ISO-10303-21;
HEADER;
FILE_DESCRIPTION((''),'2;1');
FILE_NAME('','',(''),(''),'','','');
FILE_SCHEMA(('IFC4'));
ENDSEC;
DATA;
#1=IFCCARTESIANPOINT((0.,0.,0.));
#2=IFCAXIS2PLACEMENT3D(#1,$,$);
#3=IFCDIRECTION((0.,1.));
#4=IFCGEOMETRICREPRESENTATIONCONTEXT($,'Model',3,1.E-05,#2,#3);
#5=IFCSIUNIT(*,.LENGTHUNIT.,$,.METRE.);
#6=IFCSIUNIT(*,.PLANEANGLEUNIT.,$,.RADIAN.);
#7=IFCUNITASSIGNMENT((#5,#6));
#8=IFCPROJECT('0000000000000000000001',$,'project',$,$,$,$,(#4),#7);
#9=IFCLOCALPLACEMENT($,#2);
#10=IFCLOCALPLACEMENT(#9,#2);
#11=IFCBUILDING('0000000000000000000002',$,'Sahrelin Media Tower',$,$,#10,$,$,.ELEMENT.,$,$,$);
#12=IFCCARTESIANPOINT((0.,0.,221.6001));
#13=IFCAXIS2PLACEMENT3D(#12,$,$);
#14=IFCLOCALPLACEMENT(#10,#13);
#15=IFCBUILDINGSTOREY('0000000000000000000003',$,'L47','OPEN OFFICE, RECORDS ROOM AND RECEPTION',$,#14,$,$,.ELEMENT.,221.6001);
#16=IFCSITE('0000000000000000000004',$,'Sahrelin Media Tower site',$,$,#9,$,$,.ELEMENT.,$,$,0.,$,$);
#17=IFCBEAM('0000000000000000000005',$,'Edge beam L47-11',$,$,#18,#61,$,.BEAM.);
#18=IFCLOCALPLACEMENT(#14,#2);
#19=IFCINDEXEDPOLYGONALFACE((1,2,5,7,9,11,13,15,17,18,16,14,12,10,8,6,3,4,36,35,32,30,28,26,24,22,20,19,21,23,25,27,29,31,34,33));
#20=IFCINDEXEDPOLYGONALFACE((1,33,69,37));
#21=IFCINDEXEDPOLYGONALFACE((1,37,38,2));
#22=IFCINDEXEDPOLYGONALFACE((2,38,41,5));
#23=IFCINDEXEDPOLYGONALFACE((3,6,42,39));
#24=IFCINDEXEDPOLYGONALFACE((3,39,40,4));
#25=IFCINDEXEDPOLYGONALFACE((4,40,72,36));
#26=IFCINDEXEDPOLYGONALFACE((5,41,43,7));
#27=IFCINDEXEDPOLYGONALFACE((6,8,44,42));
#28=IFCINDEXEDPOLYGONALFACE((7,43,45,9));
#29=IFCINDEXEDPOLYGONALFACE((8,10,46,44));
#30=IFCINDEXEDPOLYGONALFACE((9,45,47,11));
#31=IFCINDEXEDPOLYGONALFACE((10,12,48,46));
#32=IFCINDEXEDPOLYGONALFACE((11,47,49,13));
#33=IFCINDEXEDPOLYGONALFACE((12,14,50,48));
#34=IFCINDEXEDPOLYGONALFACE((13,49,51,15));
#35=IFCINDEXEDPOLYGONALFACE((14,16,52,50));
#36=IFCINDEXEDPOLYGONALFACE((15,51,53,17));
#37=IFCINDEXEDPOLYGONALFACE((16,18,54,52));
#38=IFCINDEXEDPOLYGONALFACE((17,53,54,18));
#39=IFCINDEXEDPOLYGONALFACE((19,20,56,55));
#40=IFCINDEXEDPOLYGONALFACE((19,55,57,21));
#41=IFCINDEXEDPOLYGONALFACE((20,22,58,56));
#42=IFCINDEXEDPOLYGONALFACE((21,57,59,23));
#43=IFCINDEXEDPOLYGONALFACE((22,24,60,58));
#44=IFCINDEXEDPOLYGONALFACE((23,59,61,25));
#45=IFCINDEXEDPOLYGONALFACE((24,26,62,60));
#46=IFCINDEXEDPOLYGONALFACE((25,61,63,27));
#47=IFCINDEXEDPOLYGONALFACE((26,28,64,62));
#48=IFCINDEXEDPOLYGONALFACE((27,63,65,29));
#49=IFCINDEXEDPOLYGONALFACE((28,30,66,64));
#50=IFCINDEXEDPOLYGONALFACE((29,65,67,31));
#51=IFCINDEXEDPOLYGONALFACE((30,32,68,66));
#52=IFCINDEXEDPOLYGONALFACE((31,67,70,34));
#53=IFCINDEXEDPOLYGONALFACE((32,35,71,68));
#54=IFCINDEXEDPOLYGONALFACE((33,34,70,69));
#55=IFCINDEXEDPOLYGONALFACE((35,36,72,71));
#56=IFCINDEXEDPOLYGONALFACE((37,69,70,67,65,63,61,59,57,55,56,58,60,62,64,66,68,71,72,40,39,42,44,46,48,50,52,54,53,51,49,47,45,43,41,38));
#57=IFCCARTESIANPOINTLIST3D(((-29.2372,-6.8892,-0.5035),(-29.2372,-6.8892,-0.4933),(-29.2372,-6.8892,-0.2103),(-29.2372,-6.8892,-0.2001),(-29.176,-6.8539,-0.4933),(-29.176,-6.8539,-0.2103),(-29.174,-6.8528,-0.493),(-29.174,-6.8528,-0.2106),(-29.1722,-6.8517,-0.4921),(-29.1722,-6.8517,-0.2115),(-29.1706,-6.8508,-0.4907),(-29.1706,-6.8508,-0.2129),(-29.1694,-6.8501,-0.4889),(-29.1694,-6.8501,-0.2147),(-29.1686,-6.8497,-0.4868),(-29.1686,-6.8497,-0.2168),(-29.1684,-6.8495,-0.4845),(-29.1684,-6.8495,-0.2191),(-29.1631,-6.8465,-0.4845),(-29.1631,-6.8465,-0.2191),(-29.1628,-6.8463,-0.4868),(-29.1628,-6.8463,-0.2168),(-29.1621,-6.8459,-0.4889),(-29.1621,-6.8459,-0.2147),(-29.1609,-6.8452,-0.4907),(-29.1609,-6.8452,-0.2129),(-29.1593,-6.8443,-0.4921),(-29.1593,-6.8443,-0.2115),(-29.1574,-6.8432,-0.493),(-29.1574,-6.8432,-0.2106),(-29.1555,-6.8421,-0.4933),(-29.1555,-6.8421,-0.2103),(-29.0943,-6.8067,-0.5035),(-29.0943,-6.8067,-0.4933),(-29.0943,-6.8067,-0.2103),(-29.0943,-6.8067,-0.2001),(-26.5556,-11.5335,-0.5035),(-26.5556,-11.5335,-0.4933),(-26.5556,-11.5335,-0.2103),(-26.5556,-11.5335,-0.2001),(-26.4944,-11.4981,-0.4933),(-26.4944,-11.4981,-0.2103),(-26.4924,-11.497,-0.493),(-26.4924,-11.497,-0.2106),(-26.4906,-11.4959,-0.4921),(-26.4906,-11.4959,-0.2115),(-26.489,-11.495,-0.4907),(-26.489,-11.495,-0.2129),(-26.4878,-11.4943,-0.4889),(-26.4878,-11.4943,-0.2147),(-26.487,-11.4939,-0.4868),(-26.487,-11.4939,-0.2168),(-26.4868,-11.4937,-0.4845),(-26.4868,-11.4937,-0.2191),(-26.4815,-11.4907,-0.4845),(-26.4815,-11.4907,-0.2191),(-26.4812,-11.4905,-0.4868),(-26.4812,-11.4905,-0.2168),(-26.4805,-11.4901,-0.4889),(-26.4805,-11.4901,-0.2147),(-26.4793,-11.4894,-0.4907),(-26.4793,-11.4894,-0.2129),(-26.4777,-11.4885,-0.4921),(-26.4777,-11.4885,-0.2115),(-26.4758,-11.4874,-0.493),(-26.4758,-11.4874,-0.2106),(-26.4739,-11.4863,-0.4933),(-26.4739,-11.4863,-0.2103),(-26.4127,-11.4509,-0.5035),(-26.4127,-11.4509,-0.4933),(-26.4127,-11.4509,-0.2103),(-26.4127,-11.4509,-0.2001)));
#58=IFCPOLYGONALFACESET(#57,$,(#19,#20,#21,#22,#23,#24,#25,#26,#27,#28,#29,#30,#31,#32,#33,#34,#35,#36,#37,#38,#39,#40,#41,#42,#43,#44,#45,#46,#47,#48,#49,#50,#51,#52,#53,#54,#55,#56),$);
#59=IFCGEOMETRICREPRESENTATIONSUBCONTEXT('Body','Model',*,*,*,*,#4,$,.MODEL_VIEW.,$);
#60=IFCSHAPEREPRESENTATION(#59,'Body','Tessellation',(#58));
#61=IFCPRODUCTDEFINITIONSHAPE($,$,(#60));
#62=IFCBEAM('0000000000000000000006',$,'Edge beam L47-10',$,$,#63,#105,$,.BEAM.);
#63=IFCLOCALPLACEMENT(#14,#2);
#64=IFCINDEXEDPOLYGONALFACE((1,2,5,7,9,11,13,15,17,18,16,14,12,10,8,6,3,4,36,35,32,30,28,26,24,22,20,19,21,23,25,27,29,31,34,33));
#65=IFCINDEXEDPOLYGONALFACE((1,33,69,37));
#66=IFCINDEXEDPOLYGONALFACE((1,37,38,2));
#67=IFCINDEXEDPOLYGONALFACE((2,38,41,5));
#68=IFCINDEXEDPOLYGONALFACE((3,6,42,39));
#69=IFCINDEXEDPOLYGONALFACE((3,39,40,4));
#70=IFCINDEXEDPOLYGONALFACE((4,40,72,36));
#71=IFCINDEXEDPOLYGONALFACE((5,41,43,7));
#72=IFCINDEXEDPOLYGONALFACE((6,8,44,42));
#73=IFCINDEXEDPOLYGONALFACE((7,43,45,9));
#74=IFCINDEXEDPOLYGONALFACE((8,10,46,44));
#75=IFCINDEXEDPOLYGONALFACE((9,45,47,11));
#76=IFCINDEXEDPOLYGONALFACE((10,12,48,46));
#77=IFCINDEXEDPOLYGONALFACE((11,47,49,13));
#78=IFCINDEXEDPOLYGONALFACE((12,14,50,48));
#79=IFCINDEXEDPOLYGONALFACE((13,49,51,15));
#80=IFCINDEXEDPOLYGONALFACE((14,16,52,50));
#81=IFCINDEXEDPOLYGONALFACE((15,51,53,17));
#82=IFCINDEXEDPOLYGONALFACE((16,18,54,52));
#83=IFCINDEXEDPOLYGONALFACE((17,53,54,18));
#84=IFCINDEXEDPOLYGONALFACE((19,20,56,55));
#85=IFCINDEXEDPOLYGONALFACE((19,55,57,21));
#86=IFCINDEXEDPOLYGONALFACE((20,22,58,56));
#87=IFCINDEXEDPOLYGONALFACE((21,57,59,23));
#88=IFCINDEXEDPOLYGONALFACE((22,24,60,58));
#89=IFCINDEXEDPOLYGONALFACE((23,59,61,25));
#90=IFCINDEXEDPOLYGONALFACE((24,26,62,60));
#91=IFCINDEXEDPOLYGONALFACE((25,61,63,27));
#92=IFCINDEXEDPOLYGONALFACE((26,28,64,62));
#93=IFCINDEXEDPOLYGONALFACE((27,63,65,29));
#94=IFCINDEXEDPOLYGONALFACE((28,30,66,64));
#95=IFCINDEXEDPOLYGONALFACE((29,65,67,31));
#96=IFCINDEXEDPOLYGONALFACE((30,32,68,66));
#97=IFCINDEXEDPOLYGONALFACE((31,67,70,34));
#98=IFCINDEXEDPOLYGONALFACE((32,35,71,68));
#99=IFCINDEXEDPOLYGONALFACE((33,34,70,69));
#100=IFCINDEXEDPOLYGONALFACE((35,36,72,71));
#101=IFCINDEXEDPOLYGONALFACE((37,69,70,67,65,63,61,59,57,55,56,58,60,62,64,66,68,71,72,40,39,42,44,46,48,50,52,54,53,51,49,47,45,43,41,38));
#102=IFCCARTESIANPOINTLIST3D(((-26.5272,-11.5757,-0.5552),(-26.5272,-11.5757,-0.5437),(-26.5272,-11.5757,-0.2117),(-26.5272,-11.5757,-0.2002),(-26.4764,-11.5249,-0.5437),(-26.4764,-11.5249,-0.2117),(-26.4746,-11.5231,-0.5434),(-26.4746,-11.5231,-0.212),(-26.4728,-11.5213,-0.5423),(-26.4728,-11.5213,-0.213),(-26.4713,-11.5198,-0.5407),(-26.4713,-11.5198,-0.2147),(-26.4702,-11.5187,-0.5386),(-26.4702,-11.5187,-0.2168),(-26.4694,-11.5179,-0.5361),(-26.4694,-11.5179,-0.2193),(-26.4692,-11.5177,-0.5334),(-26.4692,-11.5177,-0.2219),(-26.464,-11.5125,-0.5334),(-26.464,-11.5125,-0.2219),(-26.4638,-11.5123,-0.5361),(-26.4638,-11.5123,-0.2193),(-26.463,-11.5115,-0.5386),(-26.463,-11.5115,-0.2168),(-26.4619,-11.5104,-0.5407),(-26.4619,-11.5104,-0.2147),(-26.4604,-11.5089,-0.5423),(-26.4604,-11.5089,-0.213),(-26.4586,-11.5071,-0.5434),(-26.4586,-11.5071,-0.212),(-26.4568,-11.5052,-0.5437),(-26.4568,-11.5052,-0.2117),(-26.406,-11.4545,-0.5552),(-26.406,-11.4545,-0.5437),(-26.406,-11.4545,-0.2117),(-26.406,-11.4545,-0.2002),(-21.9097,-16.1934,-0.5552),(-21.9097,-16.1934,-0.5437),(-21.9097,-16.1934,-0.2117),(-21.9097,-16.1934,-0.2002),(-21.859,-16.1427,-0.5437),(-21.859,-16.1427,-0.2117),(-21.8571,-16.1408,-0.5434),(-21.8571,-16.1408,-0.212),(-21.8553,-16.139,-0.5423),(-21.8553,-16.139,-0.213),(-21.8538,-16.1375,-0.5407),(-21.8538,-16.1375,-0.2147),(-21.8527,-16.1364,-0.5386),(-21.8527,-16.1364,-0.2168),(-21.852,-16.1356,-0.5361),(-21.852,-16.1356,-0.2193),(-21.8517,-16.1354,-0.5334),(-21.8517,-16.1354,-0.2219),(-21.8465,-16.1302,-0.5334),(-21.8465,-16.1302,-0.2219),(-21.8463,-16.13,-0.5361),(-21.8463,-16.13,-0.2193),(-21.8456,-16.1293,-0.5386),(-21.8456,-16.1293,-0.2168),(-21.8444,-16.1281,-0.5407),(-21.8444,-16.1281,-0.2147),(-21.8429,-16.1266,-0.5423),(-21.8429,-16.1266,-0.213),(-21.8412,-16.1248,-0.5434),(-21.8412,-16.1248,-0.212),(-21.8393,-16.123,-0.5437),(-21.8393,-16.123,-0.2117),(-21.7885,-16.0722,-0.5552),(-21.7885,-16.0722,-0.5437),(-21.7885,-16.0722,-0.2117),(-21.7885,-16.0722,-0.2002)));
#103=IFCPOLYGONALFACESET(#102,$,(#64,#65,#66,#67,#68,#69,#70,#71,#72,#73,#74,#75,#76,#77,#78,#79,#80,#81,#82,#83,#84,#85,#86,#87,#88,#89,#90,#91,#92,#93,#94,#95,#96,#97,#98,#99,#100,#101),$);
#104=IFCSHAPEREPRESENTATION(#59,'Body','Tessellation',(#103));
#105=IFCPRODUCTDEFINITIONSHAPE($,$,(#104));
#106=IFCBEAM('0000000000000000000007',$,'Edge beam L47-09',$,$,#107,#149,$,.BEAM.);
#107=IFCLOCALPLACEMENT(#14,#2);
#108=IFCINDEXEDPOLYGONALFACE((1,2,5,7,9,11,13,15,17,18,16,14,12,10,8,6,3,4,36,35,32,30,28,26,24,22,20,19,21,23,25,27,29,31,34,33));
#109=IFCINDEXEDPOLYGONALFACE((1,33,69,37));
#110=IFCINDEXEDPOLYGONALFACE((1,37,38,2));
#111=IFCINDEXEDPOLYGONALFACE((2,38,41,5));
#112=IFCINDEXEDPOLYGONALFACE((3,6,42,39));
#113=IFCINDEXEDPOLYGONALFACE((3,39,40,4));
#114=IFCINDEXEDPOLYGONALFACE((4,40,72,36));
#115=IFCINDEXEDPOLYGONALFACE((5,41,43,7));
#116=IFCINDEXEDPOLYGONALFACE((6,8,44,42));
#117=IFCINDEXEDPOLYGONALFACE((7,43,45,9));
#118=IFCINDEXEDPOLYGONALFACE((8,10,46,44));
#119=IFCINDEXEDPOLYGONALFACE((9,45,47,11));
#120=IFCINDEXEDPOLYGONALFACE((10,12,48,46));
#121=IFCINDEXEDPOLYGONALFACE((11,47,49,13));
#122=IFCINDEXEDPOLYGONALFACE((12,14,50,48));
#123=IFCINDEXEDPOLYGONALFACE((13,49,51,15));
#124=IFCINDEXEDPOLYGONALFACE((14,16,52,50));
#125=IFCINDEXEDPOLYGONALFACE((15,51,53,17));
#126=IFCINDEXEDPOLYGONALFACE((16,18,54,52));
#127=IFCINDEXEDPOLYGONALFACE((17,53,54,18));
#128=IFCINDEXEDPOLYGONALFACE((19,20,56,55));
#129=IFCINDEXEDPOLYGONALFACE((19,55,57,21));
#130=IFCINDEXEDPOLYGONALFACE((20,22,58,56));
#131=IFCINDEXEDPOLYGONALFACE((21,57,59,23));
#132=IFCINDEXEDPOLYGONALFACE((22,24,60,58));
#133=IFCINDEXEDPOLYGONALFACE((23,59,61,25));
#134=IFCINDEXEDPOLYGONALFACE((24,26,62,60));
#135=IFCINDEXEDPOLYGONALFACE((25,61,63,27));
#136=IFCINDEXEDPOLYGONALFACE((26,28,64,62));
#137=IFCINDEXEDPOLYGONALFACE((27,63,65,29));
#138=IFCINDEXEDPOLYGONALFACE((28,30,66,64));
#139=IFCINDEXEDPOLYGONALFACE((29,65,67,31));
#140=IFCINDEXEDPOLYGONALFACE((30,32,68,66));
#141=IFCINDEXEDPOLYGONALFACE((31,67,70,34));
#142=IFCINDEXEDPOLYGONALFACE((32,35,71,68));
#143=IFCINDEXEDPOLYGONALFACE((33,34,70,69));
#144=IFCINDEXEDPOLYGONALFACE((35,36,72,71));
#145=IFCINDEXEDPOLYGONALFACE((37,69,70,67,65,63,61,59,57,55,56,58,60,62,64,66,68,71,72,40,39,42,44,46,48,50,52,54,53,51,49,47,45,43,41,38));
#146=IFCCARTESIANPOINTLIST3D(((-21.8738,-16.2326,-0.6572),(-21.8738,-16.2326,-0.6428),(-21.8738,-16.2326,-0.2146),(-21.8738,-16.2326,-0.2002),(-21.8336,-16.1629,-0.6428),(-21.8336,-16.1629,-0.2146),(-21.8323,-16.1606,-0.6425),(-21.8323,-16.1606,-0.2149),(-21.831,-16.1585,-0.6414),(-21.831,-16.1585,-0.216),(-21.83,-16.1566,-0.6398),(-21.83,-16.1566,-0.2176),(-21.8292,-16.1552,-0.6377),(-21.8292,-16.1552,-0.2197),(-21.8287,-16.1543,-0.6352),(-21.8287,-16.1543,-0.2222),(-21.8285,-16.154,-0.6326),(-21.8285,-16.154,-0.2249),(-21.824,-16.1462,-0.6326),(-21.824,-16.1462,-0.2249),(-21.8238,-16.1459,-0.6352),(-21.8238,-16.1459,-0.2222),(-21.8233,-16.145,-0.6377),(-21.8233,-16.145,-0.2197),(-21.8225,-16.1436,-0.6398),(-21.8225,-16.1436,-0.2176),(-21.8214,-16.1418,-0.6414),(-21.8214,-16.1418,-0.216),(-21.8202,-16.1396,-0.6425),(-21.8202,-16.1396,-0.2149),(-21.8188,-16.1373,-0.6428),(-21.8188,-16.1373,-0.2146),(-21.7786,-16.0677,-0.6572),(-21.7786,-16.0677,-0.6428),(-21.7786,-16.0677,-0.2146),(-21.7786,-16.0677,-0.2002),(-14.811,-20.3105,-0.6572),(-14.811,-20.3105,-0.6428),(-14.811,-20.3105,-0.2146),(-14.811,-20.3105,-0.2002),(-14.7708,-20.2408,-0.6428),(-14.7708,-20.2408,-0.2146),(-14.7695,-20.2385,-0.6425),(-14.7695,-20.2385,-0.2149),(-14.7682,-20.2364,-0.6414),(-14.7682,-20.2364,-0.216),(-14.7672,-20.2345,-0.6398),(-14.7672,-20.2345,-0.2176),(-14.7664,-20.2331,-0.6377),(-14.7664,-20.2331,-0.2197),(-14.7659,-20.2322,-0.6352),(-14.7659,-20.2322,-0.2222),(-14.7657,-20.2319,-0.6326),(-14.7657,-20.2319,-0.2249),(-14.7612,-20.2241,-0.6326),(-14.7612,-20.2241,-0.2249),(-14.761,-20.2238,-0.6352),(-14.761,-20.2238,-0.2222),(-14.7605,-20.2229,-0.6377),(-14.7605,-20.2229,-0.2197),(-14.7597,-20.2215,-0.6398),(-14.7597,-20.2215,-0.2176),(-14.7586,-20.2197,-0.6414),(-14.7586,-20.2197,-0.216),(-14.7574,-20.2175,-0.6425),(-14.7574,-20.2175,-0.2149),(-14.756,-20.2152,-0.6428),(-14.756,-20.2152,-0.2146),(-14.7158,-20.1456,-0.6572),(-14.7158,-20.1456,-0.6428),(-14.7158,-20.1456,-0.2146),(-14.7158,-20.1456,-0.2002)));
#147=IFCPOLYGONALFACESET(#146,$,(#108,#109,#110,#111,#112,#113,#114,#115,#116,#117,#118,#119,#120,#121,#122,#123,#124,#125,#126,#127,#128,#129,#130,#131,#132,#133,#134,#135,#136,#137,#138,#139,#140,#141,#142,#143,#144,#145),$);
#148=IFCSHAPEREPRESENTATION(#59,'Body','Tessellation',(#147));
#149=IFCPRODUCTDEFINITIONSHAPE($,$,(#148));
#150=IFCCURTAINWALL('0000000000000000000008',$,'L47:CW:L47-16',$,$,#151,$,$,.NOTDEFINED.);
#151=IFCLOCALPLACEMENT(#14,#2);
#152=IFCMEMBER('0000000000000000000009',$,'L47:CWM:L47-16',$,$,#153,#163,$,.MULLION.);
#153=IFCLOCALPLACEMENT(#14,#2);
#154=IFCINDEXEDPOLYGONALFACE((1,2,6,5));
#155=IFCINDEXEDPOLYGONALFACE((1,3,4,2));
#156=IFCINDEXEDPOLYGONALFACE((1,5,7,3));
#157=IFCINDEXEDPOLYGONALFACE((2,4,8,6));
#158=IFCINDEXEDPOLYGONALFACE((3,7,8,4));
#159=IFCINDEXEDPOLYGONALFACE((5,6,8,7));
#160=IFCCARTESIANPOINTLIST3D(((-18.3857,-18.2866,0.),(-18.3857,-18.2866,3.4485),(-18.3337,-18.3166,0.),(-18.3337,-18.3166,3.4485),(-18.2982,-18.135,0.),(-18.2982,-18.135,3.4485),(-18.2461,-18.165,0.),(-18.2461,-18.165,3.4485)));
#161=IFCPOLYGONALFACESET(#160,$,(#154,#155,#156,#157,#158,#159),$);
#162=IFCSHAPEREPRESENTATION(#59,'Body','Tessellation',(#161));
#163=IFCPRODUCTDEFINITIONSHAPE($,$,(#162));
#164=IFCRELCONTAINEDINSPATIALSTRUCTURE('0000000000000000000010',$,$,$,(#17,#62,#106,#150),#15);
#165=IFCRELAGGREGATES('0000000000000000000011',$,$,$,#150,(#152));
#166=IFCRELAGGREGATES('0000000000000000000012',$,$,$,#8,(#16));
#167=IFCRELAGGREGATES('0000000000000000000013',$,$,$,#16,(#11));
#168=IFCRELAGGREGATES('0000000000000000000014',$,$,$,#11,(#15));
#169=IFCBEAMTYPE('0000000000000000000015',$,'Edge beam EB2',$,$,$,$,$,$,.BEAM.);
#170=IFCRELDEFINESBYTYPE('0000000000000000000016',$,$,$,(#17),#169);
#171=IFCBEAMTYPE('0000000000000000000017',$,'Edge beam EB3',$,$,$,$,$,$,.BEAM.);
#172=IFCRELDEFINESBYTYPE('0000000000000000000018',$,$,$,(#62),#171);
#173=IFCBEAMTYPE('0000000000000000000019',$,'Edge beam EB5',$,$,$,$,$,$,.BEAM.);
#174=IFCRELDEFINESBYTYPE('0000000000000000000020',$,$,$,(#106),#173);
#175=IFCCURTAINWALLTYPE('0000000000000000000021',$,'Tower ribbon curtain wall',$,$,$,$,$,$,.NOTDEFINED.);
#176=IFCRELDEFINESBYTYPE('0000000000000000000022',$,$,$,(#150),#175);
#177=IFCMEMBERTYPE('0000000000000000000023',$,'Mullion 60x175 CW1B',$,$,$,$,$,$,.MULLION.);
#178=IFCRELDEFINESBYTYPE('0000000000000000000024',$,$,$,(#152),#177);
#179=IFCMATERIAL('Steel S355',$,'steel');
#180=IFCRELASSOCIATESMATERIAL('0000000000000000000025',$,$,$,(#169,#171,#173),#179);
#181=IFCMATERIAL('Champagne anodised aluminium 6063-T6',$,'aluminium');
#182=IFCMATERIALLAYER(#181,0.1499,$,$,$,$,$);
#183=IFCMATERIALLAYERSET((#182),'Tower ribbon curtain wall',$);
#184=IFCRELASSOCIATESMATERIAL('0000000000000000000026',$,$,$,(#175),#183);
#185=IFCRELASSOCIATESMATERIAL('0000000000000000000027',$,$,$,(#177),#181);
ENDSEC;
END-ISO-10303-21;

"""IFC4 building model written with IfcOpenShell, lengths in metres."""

from ifc_helpers import new_model, si_unit, direction, frame, origin, origin_2d, place, context, subcontext, project, spatial, rectangle, i_section, extrude, material, layer, layer_set, material_profile, profile_set, type_object, element, aggregate, save


model = new_model("IFC4")

# Units and contexts
model_context = context("Model", 3, precision=1e-05, world=origin(), true_north=direction((0.0, 1.0)))
body_context = subcontext(model_context, "Body", "Model", "MODEL_VIEW")
ifc_project = project(units=[si_unit("LENGTHUNIT", "METRE"), si_unit("PLANEANGLEUNIT", "RADIAN")], contexts=[model_context])

# Site, building, storey
site_placement = place(None, origin())
site = spatial("IfcSite", under=ifc_project, at=site_placement, Name="Sahrelin Media Tower site", CompositionType="ELEMENT", RefElevation=0.0)
building_placement = place(site_placement, origin())
building = spatial("IfcBuilding", under=site, at=building_placement, Name="Sahrelin Media Tower", CompositionType="ELEMENT")
storey_placement = place(building_placement, frame((0.0, 0.0, 221.6001)))
storey = spatial("IfcBuildingStorey", under=building, at=storey_placement, Name="L47", Description="OPEN OFFICE, RECORDS ROOM AND RECEPTION", CompositionType="ELEMENT", Elevation=221.6001)

# Beams
ifc_material_1 = material(Name="Steel S355", Category="steel")
ifc_material_profile_1 = material_profile(ifc_material_1, i_section(OverallWidth=0.165, OverallDepth=0.3035, WebThickness=0.0061, FlangeThickness=0.0103, FilletRadius=0.0088, at=origin_2d()), Name="UB 305x165x40")
ifc_profile_set_1 = profile_set([ifc_material_profile_1], Name="Steel S355")
beam_type_1 = type_object("IfcBeamType", Name="Edge beam EB2", PredefinedType="BEAM", material=ifc_profile_set_1)
beam_1_placement = place(storey_placement, frame((-26.4841, -11.4922, -0.3518), z_axis=(-0.500036, 0.866004, 0.0), x_axis=(-0.866004, -0.500036, 0.0)))
element("IfcBeam", 1, at=beam_1_placement, inside=storey, type_object=beam_type_1, Name="Edge beam L47-11", PredefinedType="BEAM", context=body_context, shape_type="SweptSolid", body=[
    extrude(i_section(OverallWidth=0.165, OverallDepth=0.3035, WebThickness=0.0061, FlangeThickness=0.0103, FilletRadius=0.0088, at=origin_2d()), origin(), (0.0, 0.0, 1.0), 5.3628),
])
ifc_material_profile_2 = material_profile(ifc_material_1, i_section(OverallWidth=0.1714, OverallDepth=0.355, WebThickness=0.0073, FlangeThickness=0.0115, FilletRadius=0.0103, at=origin_2d()), Name="UB 356x171x51")
ifc_profile_set_2 = profile_set([ifc_material_profile_2], Name="Steel S355")
beam_type_2 = type_object("IfcBeamType", Name="Edge beam EB3", PredefinedType="BEAM", material=ifc_profile_set_2)
beam_2_placement = place(storey_placement, frame((-21.8491, -16.1328, -0.3777), z_axis=(-0.707088, 0.707125, 0.0), x_axis=(-0.707125, -0.707088, 0.0)))
element("IfcBeam", 2, at=beam_2_placement, inside=storey, type_object=beam_type_2, Name="Edge beam L47-10", PredefinedType="BEAM", context=body_context, shape_type="SweptSolid", body=[
    extrude(i_section(OverallWidth=0.1714, OverallDepth=0.355, WebThickness=0.0073, FlangeThickness=0.0115, FilletRadius=0.0103, at=origin_2d()), origin(), (0.0, 0.0, 1.0), 6.5303),
])
ifc_material_profile_3 = material_profile(ifc_material_1, i_section(OverallWidth=0.1904, OverallDepth=0.457, WebThickness=0.009, FlangeThickness=0.0144, FilletRadius=0.0103, at=origin_2d()), Name="UB 457x191x74")
ifc_profile_set_3 = profile_set([ifc_material_profile_3], Name="Steel S355")
beam_type_3 = type_object("IfcBeamType", Name="Edge beam EB5", PredefinedType="BEAM", material=ifc_profile_set_3)
beam_3_placement = place(storey_placement, frame((-14.7634, -20.228, -0.4287), z_axis=(-0.866015, 0.500019, 0.0), x_axis=(-0.500019, -0.866015, 0.0)))
element("IfcBeam", 3, at=beam_3_placement, inside=storey, type_object=beam_type_3, Name="Edge beam L47-09", PredefinedType="BEAM", context=body_context, shape_type="SweptSolid", body=[
    extrude(i_section(OverallWidth=0.1904, OverallDepth=0.457, WebThickness=0.009, FlangeThickness=0.0144, FilletRadius=0.0103, at=origin_2d()), origin(), (0.0, 0.0, 1.0), 8.1555),
])

# Curtain wall, member
ifc_material_2 = material(Name="Champagne anodised aluminium 6063-T6", Category="aluminium")
ifc_layer_1 = layer(ifc_material_2, 0.1499)
ifc_layer_set_1 = layer_set([ifc_layer_1], Name="Tower ribbon curtain wall")
curtain_wall_type = type_object("IfcCurtainWallType", Name="Tower ribbon curtain wall", PredefinedType="NOTDEFINED", material=ifc_layer_set_1)
curtain_wall_1_placement = place(storey_placement, frame((-18.3696, -18.3191, 0.0), z_axis=(0.0, 0.0, 1.0), x_axis=(1.0, 0.0, 0.0)))
curtain_wall_1 = element("IfcCurtainWall", 4, at=curtain_wall_1_placement, inside=storey, type_object=curtain_wall_type, Name="L47:CW:L47-16", PredefinedType="NOTDEFINED")
ifc_material_profile_4 = material_profile(ifc_material_2, rectangle(XDim=0.0601, YDim=0.175, at=origin_2d()), Name="Mullion 60x175")
ifc_profile_set_4 = profile_set([ifc_material_profile_4], Name="Champagne anodised aluminium 6063-T6")
member_type_1 = type_object("IfcMemberType", Name="Mullion 60x175 CW1B", PredefinedType="MULLION", material=ifc_profile_set_4)
member_1_placement = place(storey_placement, frame((-18.3159, -18.2258, 0.0), z_axis=(0.0, 0.0, 1.0), x_axis=(0.866023, -0.500005, 0.0)))
member_1 = element("IfcMember", 5, at=member_1_placement, type_object=member_type_1, Name="L47:CWM:L47-16", PredefinedType="MULLION", context=body_context, shape_type="SweptSolid", body=[
    extrude(rectangle(XDim=0.0601, YDim=0.175, at=origin_2d()), origin(), (0.0, 0.0, 1.0), 3.4485),
])

aggregate(curtain_wall_1, [member_1])

save(model, "model.ifc")
